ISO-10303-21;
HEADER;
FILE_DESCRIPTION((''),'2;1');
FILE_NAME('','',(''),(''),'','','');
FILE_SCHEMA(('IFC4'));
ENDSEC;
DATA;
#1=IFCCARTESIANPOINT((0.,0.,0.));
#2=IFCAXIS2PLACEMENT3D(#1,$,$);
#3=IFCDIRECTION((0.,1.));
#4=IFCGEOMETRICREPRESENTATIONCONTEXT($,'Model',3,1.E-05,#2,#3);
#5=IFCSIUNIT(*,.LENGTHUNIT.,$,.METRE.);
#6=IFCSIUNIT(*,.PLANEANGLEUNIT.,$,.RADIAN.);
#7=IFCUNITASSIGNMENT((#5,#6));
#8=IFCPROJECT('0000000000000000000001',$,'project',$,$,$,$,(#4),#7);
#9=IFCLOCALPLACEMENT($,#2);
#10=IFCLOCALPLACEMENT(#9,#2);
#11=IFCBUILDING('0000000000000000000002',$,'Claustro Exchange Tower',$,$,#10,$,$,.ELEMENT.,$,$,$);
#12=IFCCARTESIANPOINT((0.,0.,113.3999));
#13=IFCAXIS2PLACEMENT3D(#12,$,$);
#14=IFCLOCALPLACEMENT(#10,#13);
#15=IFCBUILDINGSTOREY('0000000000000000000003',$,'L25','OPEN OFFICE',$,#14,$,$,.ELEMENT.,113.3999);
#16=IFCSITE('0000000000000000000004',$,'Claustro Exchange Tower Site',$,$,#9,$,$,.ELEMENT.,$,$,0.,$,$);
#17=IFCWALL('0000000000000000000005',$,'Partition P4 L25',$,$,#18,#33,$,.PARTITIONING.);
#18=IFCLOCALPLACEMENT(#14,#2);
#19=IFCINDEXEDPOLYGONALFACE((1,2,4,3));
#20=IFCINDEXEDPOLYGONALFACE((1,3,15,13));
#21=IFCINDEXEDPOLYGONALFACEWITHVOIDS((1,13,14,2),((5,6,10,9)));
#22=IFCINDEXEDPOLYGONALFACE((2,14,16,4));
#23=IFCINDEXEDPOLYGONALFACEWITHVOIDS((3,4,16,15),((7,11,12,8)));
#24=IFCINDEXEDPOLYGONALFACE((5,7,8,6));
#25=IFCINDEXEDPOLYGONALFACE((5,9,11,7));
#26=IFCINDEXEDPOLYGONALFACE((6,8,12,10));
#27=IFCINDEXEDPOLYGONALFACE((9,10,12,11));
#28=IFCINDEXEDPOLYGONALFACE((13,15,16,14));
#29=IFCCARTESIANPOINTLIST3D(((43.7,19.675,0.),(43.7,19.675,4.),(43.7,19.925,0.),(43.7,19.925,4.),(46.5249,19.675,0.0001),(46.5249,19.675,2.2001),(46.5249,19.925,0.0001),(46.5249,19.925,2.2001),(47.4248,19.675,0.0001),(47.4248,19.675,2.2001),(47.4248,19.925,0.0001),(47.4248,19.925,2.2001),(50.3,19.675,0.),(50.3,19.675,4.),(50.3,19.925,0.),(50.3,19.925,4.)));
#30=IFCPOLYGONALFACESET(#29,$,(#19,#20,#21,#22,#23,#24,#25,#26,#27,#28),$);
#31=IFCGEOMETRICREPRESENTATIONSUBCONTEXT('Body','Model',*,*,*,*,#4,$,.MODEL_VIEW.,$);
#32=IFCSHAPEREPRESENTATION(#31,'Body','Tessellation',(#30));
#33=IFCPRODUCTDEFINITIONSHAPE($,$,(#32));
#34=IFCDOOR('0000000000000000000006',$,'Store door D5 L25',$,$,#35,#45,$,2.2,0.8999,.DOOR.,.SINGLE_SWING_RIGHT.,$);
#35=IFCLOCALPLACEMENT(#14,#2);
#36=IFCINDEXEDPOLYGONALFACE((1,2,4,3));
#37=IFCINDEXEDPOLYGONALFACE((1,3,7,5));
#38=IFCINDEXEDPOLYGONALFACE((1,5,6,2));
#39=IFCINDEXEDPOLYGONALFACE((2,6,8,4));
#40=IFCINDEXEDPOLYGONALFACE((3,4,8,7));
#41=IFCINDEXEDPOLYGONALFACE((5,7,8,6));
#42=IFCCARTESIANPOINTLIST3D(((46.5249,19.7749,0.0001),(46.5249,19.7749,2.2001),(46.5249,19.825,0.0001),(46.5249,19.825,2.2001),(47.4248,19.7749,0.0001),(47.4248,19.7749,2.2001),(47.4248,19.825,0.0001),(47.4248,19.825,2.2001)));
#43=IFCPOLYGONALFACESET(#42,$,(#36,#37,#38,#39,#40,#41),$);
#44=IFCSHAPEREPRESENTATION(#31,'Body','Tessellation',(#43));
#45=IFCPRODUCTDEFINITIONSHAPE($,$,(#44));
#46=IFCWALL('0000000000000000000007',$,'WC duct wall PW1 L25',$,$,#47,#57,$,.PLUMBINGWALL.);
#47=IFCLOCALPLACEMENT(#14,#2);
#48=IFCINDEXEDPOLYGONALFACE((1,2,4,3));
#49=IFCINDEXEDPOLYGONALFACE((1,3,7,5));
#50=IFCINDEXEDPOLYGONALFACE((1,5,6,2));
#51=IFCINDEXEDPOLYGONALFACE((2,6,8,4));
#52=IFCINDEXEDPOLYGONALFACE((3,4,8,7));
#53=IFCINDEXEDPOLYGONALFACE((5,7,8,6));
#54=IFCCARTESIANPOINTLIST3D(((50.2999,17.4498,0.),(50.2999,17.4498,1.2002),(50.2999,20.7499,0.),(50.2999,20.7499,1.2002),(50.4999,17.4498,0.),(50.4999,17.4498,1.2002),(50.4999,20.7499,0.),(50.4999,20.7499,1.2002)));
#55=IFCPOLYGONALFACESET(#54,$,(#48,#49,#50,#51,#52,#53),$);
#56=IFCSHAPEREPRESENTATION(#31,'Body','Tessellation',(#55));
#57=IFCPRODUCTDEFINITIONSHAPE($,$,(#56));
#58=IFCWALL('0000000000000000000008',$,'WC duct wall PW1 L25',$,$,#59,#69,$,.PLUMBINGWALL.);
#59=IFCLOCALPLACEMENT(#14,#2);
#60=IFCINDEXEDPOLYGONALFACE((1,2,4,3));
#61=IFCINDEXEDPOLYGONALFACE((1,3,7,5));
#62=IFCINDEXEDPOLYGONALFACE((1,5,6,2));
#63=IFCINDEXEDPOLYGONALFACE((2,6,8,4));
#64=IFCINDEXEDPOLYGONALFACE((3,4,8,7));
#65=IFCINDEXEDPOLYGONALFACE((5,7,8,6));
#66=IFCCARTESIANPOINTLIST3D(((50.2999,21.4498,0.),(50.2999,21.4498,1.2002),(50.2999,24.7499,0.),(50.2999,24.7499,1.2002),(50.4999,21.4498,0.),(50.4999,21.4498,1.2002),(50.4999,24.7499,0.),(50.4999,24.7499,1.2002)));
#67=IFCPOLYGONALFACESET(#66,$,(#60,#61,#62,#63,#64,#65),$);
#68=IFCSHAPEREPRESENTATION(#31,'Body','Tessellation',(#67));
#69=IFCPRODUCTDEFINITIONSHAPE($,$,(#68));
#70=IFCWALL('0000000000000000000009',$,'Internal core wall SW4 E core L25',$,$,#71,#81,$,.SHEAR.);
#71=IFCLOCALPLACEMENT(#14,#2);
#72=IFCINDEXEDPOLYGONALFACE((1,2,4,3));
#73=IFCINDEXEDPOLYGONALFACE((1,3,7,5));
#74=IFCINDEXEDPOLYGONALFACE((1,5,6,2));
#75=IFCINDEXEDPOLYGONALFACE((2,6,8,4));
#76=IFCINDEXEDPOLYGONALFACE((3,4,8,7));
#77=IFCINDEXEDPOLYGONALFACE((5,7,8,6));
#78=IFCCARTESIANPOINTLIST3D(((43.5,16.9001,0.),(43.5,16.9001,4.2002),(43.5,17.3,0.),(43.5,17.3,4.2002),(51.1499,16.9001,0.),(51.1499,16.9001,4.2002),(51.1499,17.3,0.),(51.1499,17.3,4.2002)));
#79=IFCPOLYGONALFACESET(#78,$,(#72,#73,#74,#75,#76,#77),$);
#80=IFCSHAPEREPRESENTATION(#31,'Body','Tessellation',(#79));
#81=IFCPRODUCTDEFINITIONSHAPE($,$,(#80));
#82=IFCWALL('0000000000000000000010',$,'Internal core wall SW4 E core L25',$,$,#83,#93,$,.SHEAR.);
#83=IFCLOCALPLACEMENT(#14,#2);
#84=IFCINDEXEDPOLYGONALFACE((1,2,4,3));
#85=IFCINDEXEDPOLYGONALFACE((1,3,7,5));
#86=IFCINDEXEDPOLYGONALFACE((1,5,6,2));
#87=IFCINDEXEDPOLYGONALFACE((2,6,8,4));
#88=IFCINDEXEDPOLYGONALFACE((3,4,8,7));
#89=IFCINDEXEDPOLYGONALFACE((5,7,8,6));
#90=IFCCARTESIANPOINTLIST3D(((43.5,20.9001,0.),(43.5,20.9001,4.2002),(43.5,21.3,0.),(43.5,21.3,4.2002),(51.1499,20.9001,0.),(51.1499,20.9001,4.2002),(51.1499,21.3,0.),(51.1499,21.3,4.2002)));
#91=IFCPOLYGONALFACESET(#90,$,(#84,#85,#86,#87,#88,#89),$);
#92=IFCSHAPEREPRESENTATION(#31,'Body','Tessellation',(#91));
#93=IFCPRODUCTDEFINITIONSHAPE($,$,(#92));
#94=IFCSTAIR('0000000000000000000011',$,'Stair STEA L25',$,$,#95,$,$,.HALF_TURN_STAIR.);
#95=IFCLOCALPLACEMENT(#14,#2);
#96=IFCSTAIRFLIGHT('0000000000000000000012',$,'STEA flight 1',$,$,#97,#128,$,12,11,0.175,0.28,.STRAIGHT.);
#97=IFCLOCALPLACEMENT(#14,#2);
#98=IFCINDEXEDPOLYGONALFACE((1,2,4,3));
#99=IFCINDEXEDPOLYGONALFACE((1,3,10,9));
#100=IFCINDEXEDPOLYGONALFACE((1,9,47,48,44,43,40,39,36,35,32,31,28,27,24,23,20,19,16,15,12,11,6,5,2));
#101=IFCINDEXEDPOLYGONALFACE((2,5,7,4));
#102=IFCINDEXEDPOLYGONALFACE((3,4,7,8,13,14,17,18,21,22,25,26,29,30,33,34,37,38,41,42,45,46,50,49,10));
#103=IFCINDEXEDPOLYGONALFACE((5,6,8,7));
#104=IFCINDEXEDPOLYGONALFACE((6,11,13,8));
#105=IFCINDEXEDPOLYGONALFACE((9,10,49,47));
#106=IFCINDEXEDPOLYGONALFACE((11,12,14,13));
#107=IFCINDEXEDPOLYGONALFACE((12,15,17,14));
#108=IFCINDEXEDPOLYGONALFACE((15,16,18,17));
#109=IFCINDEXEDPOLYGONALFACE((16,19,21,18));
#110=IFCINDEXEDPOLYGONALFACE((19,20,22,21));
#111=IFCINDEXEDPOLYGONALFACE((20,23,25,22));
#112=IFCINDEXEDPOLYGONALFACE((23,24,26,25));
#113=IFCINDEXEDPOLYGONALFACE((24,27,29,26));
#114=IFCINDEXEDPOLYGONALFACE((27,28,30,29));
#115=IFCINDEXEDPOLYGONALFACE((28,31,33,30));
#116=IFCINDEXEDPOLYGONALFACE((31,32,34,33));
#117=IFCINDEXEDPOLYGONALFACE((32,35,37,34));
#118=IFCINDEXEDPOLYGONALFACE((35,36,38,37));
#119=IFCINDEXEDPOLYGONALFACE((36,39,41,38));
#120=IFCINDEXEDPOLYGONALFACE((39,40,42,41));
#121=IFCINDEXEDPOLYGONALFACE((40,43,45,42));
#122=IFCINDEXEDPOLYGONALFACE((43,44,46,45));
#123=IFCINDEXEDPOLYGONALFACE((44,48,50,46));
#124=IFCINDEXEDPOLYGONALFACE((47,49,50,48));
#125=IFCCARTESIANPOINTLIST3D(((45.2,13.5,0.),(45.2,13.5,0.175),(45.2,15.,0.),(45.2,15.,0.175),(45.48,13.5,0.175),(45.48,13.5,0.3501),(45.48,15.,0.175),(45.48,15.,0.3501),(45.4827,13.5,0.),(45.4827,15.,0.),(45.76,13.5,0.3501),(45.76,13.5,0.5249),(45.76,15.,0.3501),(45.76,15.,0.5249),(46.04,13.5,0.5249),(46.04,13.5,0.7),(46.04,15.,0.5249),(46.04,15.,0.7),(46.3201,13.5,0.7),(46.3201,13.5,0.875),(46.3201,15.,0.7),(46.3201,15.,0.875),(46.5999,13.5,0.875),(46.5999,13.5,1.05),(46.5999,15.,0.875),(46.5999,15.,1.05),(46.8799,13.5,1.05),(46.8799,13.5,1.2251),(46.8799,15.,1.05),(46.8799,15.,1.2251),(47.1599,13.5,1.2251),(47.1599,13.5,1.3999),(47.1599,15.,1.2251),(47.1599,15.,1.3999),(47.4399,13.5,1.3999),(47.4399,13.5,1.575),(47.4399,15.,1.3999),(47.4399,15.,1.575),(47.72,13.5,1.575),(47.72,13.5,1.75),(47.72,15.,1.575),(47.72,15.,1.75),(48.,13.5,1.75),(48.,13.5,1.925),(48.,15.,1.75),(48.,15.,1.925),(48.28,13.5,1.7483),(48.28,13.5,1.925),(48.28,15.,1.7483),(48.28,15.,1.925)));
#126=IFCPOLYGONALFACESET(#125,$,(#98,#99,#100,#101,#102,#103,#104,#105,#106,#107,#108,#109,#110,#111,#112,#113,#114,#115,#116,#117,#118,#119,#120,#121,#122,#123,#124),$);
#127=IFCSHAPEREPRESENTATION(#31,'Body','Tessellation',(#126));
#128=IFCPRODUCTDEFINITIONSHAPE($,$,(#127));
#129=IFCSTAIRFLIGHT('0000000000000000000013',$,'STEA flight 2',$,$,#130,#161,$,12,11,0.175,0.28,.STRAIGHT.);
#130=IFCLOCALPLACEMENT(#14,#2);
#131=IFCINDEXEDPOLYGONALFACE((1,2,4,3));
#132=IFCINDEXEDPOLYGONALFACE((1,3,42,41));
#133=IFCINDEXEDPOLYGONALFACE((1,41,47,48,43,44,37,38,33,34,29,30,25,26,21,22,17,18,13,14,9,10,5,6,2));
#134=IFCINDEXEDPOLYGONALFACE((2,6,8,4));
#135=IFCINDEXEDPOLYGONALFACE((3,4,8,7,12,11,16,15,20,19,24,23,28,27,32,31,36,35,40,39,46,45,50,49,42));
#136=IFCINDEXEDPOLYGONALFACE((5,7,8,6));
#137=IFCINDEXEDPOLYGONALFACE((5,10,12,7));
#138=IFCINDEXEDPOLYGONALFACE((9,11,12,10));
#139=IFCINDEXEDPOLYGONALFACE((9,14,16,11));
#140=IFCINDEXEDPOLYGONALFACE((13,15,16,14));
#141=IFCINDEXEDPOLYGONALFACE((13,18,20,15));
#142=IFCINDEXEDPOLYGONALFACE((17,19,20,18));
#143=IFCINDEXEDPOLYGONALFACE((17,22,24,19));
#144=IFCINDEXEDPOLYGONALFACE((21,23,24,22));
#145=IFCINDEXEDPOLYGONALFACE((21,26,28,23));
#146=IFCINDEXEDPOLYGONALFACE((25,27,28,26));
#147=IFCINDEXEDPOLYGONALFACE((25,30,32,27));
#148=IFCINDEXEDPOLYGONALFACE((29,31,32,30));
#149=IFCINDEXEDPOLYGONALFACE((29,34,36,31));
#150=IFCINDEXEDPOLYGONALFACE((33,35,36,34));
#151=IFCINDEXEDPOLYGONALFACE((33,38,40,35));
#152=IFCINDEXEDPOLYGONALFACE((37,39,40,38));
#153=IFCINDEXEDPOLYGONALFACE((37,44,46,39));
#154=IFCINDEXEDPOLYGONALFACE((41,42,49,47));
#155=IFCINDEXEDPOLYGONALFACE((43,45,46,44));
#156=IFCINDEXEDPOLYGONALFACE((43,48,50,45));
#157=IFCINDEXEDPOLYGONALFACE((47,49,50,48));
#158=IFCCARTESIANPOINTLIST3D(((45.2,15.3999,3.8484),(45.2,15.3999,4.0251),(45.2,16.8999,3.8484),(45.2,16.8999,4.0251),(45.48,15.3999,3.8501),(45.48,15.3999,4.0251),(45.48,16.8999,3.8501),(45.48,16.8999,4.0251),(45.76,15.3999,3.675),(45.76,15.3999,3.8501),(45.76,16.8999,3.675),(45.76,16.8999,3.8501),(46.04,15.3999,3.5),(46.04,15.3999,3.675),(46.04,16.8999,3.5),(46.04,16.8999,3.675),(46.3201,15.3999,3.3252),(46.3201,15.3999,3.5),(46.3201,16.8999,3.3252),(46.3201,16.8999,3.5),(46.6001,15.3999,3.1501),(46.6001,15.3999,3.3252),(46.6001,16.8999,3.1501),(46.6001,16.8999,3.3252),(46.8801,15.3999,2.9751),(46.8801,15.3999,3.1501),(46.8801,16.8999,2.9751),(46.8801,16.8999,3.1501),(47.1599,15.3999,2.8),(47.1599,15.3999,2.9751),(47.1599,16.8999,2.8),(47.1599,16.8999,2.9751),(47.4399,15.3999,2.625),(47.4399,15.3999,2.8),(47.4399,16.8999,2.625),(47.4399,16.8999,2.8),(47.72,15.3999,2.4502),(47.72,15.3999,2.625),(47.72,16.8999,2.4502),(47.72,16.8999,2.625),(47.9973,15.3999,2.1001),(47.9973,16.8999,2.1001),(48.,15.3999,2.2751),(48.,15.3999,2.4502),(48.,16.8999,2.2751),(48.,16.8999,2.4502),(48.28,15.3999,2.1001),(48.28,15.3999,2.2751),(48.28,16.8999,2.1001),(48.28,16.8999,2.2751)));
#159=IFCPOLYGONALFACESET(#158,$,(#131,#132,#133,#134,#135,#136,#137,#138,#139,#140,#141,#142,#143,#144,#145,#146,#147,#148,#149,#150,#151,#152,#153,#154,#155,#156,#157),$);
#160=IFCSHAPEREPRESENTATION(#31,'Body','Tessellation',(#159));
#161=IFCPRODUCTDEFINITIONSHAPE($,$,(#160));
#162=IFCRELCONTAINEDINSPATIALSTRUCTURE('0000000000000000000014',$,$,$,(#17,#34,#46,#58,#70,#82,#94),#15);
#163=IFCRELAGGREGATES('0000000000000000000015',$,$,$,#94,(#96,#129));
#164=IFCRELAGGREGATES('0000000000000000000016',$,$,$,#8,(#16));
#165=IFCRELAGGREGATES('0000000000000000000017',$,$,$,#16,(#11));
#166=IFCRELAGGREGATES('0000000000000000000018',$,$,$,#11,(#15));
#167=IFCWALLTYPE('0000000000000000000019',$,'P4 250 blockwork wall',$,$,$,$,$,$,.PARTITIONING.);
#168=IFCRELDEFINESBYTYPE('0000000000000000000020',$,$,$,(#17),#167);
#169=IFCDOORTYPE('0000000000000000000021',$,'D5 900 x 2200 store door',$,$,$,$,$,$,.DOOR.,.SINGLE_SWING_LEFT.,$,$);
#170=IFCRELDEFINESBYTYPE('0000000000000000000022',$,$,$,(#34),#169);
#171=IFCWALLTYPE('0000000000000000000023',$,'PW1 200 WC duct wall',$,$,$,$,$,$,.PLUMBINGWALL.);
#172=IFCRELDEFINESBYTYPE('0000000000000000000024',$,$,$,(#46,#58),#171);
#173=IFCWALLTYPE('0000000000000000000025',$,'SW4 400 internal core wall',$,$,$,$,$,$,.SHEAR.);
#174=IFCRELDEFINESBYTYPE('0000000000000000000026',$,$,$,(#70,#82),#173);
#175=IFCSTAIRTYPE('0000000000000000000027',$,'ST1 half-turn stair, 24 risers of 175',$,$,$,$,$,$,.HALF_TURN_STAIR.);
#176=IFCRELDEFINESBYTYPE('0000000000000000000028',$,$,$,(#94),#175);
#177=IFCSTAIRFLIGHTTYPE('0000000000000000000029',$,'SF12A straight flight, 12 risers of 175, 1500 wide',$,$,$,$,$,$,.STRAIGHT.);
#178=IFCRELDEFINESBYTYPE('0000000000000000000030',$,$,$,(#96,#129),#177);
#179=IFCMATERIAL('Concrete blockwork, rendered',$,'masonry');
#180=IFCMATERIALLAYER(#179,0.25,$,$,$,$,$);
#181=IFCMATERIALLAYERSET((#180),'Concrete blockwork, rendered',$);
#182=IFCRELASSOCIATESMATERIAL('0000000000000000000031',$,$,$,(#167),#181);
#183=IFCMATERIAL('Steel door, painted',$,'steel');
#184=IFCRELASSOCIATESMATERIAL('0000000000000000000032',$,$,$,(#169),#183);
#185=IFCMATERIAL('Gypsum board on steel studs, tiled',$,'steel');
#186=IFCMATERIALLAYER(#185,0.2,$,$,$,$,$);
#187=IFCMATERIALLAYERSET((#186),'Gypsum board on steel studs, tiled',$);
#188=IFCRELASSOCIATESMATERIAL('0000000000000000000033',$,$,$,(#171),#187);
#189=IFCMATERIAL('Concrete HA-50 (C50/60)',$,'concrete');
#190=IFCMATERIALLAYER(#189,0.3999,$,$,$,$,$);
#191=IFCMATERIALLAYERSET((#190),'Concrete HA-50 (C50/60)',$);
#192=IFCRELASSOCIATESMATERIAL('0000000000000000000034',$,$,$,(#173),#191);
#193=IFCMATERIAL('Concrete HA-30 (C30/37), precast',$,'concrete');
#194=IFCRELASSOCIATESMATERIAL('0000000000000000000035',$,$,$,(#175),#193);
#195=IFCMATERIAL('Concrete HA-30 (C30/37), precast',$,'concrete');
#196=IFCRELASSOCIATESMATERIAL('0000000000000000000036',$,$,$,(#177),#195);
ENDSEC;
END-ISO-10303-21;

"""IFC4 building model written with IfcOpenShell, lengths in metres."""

from ifc_helpers import new_model, si_unit, direction, frame, frame_2d, origin, place, context, subcontext, project, spatial, polyline, rectangle, outline, extrude, material, layer, layer_set, type_object, element, fill, aggregate, save


model = new_model("IFC4")

# Units and contexts
model_context = context("Model", 3, precision=1e-05, world=origin(), true_north=direction((0.0, 1.0)))
body_context = subcontext(model_context, "Body", "Model", "MODEL_VIEW")
ifc_project = project(units=[si_unit("LENGTHUNIT", "METRE"), si_unit("PLANEANGLEUNIT", "RADIAN")], contexts=[model_context])

# Site, building, storey
site_placement = place(None, origin())
site = spatial("IfcSite", under=ifc_project, at=site_placement, Name="Claustro Exchange Tower Site", CompositionType="ELEMENT", RefElevation=0.0)
building_placement = place(site_placement, origin())
building = spatial("IfcBuilding", under=site, at=building_placement, Name="Claustro Exchange Tower", CompositionType="ELEMENT")
storey_placement = place(building_placement, frame((0.0, 0.0, 113.3999)))
storey = spatial("IfcBuildingStorey", under=building, at=storey_placement, Name="L25", Description="OPEN OFFICE", CompositionType="ELEMENT", Elevation=113.3999)

# Wall, opening, door
ifc_material_1 = material(Name="Concrete blockwork, rendered", Category="masonry")
ifc_layer_1 = layer(ifc_material_1, 0.25)
ifc_layer_set_1 = layer_set([ifc_layer_1], Name="Concrete blockwork, rendered")
wall_type_1 = type_object("IfcWallType", Name="P4 250 blockwork wall", PredefinedType="PARTITIONING", material=ifc_layer_set_1)
wall_placement = place(storey_placement, frame((43.7, 19.8, 0.0), z_axis=(0.0, 0.0, 1.0), x_axis=(1.0, 0.0, 0.0)))
wall = element("IfcWall", 1, at=wall_placement, inside=storey, type_object=wall_type_1, Name="Partition P4 L25", PredefinedType="PARTITIONING", context=body_context, shape_type="SweptSolid", body=[
    extrude(rectangle(XDim=6.6001, YDim=0.25, at=frame_2d((3.3, 0.0))), origin(), (0.0, 0.0, 1.0), 4.0),
])
opening_placement = place(wall_placement, frame((2.825, 0.0, 0.0)))
opening = element("IfcOpeningElement", 2, at=opening_placement, cuts=wall, PredefinedType="OPENING", context=body_context, shape_type="SweptSolid", body=[
    extrude(rectangle(XDim=0.8999, YDim=2.2, at=frame_2d((0.45, 1.1001))), frame((0.0, 0.135, 0.0), z_axis=(0.0, -1.0, 0.0), x_axis=(1.0, 0.0, 0.0)), (0.0, 0.0, 1.0), 0.27),
])
ifc_material_2 = material(Name="Steel door, painted", Category="steel")
door_type = type_object("IfcDoorType", Name="D5 900 x 2200 store door", OperationType="SINGLE_SWING_LEFT", PredefinedType="DOOR", material=ifc_material_2)
door_placement = place(opening_placement, origin())
door = element("IfcDoor", 3, at=door_placement, inside=storey, type_object=door_type, Name="Store door D5 L25", OperationType="SINGLE_SWING_RIGHT", OverallHeight=2.2, OverallWidth=0.8999, PredefinedType="DOOR", context=body_context, shape_type="SweptSolid", body=[
    extrude(rectangle(XDim=0.8999, YDim=2.2, at=frame_2d((0.45, 1.1001))), frame((0.0, 0.0249, 0.0), z_axis=(0.0, -1.0, 0.0), x_axis=(1.0, 0.0, 0.0)), (0.0, 0.0, 1.0), 0.05),
])
fill(opening, door)

# Walls
ifc_material_3 = material(Name="Gypsum board on steel studs, tiled", Category="steel")
ifc_layer_2 = layer(ifc_material_3, 0.2)
ifc_layer_set_2 = layer_set([ifc_layer_2], Name="Gypsum board on steel studs, tiled")
wall_type_2 = type_object("IfcWallType", Name="PW1 200 WC duct wall", PredefinedType="PLUMBINGWALL", material=ifc_layer_set_2)
for number, where, z_axis, x_axis, name in (
    (4, (50.3999, 17.45, 0.0), (0.0, 0.0, 1.0), (0.0, 1.0, 0.0), "WC duct wall PW1 L25"),
    (5, (50.3999, 21.45, 0.0), (0.0, 0.0, 1.0), (0.0, 1.0, 0.0), "WC duct wall PW1 L25"),
):
    element("IfcWall", number, at=place(storey_placement, frame(where, z_axis=z_axis, x_axis=x_axis)), inside=storey, type_object=wall_type_2, Name=name, PredefinedType="PLUMBINGWALL", context=body_context, shape_type="SweptSolid", body=[
        extrude(rectangle(XDim=3.3, YDim=0.2, at=frame_2d((1.6499, 0.0))), origin(), (0.0, 0.0, 1.0), 1.2002),
    ])
ifc_material_4 = material(Name="Concrete HA-50 (C50/60)", Category="concrete")
ifc_layer_3 = layer(ifc_material_4, 0.3999)
ifc_layer_set_3 = layer_set([ifc_layer_3], Name="Concrete HA-50 (C50/60)")
wall_type_3 = type_object("IfcWallType", Name="SW4 400 internal core wall", PredefinedType="SHEAR", material=ifc_layer_set_3)
for number, where, z_axis, x_axis, name in (
    (6, (51.1499, 17.1001, 0.0), (0.0, 0.0, 1.0), (-1.0, 0.0, 0.0), "Internal core wall SW4 E core L25"),
    (7, (51.1499, 21.1001, 0.0), (0.0, 0.0, 1.0), (-1.0, 0.0, 0.0), "Internal core wall SW4 E core L25"),
):
    element("IfcWall", number, at=place(storey_placement, frame(where, z_axis=z_axis, x_axis=x_axis)), inside=storey, type_object=wall_type_3, Name=name, PredefinedType="SHEAR", context=body_context, shape_type="SweptSolid", body=[
        extrude(rectangle(XDim=7.6499, YDim=0.3999, at=frame_2d((3.825, 0.0))), origin(), (0.0, 0.0, 1.0), 4.2002),
    ])

# Stair, stair flights
ifc_material_5 = material(Name="Concrete HA-30 (C30/37), precast", Category="concrete")
stair_type = type_object("IfcStairType", Name="ST1 half-turn stair, 24 risers of 175", PredefinedType="HALF_TURN_STAIR", material=ifc_material_5)
stair_placement = place(storey_placement, origin())
stair = element("IfcStair", 8, at=stair_placement, inside=storey, type_object=stair_type, Name="Stair STEA L25", PredefinedType="HALF_TURN_STAIR")
ifc_material_6 = material(Name="Concrete HA-30 (C30/37), precast", Category="concrete")
stair_flight_type = type_object("IfcStairFlightType", Name="SF12A straight flight, 12 risers of 175, 1500 wide", PredefinedType="STRAIGHT", material=ifc_material_6)
stair_flight_1_placement = place(storey_placement, frame((45.2, 14.25, 0.0), z_axis=(0.0, 0.0, 1.0), x_axis=(1.0, 0.0, 0.0)))
stair_flight_1 = element("IfcStairFlight", 9, at=stair_flight_1_placement, type_object=stair_flight_type, Name="STEA flight 1", NumberOfRisers=12, NumberOfTreads=11, PredefinedType="STRAIGHT", RiserHeight=0.175, TreadLength=0.28, context=body_context, shape_type="SweptSolid", body=[
    extrude(outline(polyline([(0.0, 0.0), (0.0, 0.175), (0.28, 0.175), (0.28, 0.3501), (0.5601, 0.3501), (0.5601, 0.5249), (0.8401, 0.5249), (0.8401, 0.7), (1.1201, 0.7), (1.1201, 0.875), (1.3999, 0.875), (1.3999, 1.05), (1.6799, 1.05), (1.6799, 1.2251), (1.96, 1.2251), (1.96, 1.3999), (2.24, 1.3999), (2.24, 1.575), (2.52, 1.575), (2.52, 1.75), (2.8, 1.75), (2.8, 1.925), (3.0801, 1.925), (3.0801, 2.1001), (3.0801, 1.7483), (0.2827, 0.0), (0.0, 0.0)])), frame((0.0, 0.75, 0.0), z_axis=(0.0, -1.0, 0.0), x_axis=(1.0, 0.0, 0.0)), (0.0, 0.0, 1.0), 1.5),
])
stair_flight_2_placement = place(storey_placement, frame((48.28, 16.1499, 2.1001), z_axis=(0.0, 0.0, 1.0), x_axis=(-1.0, 0.0, 0.0)))
stair_flight_2 = element("IfcStairFlight", 10, at=stair_flight_2_placement, type_object=stair_flight_type, Name="STEA flight 2", NumberOfRisers=12, NumberOfTreads=11, PredefinedType="STRAIGHT", RiserHeight=0.175, TreadLength=0.28, context=body_context, shape_type="SweptSolid", body=[
    extrude(outline(polyline([(0.0, 0.0), (0.0, 0.175), (0.28, 0.175), (0.28, 0.3501), (0.5601, 0.3501), (0.5601, 0.5249), (0.8401, 0.5249), (0.8401, 0.7), (1.1201, 0.7), (1.1201, 0.875), (1.3999, 0.875), (1.3999, 1.05), (1.6799, 1.05), (1.6799, 1.2251), (1.96, 1.2251), (1.96, 1.3999), (2.24, 1.3999), (2.24, 1.575), (2.52, 1.575), (2.52, 1.75), (2.8, 1.75), (2.8, 1.925), (3.0801, 1.925), (3.0801, 2.1001), (3.0801, 1.7483), (0.2827, 0.0), (0.0, 0.0)])), frame((0.0, 0.75, 0.0), z_axis=(0.0, -1.0, 0.0), x_axis=(1.0, 0.0, 0.0)), (0.0, 0.0, 1.0), 1.5),
])
aggregate(stair, [stair_flight_1, stair_flight_2])

save(model, "model.ifc")
